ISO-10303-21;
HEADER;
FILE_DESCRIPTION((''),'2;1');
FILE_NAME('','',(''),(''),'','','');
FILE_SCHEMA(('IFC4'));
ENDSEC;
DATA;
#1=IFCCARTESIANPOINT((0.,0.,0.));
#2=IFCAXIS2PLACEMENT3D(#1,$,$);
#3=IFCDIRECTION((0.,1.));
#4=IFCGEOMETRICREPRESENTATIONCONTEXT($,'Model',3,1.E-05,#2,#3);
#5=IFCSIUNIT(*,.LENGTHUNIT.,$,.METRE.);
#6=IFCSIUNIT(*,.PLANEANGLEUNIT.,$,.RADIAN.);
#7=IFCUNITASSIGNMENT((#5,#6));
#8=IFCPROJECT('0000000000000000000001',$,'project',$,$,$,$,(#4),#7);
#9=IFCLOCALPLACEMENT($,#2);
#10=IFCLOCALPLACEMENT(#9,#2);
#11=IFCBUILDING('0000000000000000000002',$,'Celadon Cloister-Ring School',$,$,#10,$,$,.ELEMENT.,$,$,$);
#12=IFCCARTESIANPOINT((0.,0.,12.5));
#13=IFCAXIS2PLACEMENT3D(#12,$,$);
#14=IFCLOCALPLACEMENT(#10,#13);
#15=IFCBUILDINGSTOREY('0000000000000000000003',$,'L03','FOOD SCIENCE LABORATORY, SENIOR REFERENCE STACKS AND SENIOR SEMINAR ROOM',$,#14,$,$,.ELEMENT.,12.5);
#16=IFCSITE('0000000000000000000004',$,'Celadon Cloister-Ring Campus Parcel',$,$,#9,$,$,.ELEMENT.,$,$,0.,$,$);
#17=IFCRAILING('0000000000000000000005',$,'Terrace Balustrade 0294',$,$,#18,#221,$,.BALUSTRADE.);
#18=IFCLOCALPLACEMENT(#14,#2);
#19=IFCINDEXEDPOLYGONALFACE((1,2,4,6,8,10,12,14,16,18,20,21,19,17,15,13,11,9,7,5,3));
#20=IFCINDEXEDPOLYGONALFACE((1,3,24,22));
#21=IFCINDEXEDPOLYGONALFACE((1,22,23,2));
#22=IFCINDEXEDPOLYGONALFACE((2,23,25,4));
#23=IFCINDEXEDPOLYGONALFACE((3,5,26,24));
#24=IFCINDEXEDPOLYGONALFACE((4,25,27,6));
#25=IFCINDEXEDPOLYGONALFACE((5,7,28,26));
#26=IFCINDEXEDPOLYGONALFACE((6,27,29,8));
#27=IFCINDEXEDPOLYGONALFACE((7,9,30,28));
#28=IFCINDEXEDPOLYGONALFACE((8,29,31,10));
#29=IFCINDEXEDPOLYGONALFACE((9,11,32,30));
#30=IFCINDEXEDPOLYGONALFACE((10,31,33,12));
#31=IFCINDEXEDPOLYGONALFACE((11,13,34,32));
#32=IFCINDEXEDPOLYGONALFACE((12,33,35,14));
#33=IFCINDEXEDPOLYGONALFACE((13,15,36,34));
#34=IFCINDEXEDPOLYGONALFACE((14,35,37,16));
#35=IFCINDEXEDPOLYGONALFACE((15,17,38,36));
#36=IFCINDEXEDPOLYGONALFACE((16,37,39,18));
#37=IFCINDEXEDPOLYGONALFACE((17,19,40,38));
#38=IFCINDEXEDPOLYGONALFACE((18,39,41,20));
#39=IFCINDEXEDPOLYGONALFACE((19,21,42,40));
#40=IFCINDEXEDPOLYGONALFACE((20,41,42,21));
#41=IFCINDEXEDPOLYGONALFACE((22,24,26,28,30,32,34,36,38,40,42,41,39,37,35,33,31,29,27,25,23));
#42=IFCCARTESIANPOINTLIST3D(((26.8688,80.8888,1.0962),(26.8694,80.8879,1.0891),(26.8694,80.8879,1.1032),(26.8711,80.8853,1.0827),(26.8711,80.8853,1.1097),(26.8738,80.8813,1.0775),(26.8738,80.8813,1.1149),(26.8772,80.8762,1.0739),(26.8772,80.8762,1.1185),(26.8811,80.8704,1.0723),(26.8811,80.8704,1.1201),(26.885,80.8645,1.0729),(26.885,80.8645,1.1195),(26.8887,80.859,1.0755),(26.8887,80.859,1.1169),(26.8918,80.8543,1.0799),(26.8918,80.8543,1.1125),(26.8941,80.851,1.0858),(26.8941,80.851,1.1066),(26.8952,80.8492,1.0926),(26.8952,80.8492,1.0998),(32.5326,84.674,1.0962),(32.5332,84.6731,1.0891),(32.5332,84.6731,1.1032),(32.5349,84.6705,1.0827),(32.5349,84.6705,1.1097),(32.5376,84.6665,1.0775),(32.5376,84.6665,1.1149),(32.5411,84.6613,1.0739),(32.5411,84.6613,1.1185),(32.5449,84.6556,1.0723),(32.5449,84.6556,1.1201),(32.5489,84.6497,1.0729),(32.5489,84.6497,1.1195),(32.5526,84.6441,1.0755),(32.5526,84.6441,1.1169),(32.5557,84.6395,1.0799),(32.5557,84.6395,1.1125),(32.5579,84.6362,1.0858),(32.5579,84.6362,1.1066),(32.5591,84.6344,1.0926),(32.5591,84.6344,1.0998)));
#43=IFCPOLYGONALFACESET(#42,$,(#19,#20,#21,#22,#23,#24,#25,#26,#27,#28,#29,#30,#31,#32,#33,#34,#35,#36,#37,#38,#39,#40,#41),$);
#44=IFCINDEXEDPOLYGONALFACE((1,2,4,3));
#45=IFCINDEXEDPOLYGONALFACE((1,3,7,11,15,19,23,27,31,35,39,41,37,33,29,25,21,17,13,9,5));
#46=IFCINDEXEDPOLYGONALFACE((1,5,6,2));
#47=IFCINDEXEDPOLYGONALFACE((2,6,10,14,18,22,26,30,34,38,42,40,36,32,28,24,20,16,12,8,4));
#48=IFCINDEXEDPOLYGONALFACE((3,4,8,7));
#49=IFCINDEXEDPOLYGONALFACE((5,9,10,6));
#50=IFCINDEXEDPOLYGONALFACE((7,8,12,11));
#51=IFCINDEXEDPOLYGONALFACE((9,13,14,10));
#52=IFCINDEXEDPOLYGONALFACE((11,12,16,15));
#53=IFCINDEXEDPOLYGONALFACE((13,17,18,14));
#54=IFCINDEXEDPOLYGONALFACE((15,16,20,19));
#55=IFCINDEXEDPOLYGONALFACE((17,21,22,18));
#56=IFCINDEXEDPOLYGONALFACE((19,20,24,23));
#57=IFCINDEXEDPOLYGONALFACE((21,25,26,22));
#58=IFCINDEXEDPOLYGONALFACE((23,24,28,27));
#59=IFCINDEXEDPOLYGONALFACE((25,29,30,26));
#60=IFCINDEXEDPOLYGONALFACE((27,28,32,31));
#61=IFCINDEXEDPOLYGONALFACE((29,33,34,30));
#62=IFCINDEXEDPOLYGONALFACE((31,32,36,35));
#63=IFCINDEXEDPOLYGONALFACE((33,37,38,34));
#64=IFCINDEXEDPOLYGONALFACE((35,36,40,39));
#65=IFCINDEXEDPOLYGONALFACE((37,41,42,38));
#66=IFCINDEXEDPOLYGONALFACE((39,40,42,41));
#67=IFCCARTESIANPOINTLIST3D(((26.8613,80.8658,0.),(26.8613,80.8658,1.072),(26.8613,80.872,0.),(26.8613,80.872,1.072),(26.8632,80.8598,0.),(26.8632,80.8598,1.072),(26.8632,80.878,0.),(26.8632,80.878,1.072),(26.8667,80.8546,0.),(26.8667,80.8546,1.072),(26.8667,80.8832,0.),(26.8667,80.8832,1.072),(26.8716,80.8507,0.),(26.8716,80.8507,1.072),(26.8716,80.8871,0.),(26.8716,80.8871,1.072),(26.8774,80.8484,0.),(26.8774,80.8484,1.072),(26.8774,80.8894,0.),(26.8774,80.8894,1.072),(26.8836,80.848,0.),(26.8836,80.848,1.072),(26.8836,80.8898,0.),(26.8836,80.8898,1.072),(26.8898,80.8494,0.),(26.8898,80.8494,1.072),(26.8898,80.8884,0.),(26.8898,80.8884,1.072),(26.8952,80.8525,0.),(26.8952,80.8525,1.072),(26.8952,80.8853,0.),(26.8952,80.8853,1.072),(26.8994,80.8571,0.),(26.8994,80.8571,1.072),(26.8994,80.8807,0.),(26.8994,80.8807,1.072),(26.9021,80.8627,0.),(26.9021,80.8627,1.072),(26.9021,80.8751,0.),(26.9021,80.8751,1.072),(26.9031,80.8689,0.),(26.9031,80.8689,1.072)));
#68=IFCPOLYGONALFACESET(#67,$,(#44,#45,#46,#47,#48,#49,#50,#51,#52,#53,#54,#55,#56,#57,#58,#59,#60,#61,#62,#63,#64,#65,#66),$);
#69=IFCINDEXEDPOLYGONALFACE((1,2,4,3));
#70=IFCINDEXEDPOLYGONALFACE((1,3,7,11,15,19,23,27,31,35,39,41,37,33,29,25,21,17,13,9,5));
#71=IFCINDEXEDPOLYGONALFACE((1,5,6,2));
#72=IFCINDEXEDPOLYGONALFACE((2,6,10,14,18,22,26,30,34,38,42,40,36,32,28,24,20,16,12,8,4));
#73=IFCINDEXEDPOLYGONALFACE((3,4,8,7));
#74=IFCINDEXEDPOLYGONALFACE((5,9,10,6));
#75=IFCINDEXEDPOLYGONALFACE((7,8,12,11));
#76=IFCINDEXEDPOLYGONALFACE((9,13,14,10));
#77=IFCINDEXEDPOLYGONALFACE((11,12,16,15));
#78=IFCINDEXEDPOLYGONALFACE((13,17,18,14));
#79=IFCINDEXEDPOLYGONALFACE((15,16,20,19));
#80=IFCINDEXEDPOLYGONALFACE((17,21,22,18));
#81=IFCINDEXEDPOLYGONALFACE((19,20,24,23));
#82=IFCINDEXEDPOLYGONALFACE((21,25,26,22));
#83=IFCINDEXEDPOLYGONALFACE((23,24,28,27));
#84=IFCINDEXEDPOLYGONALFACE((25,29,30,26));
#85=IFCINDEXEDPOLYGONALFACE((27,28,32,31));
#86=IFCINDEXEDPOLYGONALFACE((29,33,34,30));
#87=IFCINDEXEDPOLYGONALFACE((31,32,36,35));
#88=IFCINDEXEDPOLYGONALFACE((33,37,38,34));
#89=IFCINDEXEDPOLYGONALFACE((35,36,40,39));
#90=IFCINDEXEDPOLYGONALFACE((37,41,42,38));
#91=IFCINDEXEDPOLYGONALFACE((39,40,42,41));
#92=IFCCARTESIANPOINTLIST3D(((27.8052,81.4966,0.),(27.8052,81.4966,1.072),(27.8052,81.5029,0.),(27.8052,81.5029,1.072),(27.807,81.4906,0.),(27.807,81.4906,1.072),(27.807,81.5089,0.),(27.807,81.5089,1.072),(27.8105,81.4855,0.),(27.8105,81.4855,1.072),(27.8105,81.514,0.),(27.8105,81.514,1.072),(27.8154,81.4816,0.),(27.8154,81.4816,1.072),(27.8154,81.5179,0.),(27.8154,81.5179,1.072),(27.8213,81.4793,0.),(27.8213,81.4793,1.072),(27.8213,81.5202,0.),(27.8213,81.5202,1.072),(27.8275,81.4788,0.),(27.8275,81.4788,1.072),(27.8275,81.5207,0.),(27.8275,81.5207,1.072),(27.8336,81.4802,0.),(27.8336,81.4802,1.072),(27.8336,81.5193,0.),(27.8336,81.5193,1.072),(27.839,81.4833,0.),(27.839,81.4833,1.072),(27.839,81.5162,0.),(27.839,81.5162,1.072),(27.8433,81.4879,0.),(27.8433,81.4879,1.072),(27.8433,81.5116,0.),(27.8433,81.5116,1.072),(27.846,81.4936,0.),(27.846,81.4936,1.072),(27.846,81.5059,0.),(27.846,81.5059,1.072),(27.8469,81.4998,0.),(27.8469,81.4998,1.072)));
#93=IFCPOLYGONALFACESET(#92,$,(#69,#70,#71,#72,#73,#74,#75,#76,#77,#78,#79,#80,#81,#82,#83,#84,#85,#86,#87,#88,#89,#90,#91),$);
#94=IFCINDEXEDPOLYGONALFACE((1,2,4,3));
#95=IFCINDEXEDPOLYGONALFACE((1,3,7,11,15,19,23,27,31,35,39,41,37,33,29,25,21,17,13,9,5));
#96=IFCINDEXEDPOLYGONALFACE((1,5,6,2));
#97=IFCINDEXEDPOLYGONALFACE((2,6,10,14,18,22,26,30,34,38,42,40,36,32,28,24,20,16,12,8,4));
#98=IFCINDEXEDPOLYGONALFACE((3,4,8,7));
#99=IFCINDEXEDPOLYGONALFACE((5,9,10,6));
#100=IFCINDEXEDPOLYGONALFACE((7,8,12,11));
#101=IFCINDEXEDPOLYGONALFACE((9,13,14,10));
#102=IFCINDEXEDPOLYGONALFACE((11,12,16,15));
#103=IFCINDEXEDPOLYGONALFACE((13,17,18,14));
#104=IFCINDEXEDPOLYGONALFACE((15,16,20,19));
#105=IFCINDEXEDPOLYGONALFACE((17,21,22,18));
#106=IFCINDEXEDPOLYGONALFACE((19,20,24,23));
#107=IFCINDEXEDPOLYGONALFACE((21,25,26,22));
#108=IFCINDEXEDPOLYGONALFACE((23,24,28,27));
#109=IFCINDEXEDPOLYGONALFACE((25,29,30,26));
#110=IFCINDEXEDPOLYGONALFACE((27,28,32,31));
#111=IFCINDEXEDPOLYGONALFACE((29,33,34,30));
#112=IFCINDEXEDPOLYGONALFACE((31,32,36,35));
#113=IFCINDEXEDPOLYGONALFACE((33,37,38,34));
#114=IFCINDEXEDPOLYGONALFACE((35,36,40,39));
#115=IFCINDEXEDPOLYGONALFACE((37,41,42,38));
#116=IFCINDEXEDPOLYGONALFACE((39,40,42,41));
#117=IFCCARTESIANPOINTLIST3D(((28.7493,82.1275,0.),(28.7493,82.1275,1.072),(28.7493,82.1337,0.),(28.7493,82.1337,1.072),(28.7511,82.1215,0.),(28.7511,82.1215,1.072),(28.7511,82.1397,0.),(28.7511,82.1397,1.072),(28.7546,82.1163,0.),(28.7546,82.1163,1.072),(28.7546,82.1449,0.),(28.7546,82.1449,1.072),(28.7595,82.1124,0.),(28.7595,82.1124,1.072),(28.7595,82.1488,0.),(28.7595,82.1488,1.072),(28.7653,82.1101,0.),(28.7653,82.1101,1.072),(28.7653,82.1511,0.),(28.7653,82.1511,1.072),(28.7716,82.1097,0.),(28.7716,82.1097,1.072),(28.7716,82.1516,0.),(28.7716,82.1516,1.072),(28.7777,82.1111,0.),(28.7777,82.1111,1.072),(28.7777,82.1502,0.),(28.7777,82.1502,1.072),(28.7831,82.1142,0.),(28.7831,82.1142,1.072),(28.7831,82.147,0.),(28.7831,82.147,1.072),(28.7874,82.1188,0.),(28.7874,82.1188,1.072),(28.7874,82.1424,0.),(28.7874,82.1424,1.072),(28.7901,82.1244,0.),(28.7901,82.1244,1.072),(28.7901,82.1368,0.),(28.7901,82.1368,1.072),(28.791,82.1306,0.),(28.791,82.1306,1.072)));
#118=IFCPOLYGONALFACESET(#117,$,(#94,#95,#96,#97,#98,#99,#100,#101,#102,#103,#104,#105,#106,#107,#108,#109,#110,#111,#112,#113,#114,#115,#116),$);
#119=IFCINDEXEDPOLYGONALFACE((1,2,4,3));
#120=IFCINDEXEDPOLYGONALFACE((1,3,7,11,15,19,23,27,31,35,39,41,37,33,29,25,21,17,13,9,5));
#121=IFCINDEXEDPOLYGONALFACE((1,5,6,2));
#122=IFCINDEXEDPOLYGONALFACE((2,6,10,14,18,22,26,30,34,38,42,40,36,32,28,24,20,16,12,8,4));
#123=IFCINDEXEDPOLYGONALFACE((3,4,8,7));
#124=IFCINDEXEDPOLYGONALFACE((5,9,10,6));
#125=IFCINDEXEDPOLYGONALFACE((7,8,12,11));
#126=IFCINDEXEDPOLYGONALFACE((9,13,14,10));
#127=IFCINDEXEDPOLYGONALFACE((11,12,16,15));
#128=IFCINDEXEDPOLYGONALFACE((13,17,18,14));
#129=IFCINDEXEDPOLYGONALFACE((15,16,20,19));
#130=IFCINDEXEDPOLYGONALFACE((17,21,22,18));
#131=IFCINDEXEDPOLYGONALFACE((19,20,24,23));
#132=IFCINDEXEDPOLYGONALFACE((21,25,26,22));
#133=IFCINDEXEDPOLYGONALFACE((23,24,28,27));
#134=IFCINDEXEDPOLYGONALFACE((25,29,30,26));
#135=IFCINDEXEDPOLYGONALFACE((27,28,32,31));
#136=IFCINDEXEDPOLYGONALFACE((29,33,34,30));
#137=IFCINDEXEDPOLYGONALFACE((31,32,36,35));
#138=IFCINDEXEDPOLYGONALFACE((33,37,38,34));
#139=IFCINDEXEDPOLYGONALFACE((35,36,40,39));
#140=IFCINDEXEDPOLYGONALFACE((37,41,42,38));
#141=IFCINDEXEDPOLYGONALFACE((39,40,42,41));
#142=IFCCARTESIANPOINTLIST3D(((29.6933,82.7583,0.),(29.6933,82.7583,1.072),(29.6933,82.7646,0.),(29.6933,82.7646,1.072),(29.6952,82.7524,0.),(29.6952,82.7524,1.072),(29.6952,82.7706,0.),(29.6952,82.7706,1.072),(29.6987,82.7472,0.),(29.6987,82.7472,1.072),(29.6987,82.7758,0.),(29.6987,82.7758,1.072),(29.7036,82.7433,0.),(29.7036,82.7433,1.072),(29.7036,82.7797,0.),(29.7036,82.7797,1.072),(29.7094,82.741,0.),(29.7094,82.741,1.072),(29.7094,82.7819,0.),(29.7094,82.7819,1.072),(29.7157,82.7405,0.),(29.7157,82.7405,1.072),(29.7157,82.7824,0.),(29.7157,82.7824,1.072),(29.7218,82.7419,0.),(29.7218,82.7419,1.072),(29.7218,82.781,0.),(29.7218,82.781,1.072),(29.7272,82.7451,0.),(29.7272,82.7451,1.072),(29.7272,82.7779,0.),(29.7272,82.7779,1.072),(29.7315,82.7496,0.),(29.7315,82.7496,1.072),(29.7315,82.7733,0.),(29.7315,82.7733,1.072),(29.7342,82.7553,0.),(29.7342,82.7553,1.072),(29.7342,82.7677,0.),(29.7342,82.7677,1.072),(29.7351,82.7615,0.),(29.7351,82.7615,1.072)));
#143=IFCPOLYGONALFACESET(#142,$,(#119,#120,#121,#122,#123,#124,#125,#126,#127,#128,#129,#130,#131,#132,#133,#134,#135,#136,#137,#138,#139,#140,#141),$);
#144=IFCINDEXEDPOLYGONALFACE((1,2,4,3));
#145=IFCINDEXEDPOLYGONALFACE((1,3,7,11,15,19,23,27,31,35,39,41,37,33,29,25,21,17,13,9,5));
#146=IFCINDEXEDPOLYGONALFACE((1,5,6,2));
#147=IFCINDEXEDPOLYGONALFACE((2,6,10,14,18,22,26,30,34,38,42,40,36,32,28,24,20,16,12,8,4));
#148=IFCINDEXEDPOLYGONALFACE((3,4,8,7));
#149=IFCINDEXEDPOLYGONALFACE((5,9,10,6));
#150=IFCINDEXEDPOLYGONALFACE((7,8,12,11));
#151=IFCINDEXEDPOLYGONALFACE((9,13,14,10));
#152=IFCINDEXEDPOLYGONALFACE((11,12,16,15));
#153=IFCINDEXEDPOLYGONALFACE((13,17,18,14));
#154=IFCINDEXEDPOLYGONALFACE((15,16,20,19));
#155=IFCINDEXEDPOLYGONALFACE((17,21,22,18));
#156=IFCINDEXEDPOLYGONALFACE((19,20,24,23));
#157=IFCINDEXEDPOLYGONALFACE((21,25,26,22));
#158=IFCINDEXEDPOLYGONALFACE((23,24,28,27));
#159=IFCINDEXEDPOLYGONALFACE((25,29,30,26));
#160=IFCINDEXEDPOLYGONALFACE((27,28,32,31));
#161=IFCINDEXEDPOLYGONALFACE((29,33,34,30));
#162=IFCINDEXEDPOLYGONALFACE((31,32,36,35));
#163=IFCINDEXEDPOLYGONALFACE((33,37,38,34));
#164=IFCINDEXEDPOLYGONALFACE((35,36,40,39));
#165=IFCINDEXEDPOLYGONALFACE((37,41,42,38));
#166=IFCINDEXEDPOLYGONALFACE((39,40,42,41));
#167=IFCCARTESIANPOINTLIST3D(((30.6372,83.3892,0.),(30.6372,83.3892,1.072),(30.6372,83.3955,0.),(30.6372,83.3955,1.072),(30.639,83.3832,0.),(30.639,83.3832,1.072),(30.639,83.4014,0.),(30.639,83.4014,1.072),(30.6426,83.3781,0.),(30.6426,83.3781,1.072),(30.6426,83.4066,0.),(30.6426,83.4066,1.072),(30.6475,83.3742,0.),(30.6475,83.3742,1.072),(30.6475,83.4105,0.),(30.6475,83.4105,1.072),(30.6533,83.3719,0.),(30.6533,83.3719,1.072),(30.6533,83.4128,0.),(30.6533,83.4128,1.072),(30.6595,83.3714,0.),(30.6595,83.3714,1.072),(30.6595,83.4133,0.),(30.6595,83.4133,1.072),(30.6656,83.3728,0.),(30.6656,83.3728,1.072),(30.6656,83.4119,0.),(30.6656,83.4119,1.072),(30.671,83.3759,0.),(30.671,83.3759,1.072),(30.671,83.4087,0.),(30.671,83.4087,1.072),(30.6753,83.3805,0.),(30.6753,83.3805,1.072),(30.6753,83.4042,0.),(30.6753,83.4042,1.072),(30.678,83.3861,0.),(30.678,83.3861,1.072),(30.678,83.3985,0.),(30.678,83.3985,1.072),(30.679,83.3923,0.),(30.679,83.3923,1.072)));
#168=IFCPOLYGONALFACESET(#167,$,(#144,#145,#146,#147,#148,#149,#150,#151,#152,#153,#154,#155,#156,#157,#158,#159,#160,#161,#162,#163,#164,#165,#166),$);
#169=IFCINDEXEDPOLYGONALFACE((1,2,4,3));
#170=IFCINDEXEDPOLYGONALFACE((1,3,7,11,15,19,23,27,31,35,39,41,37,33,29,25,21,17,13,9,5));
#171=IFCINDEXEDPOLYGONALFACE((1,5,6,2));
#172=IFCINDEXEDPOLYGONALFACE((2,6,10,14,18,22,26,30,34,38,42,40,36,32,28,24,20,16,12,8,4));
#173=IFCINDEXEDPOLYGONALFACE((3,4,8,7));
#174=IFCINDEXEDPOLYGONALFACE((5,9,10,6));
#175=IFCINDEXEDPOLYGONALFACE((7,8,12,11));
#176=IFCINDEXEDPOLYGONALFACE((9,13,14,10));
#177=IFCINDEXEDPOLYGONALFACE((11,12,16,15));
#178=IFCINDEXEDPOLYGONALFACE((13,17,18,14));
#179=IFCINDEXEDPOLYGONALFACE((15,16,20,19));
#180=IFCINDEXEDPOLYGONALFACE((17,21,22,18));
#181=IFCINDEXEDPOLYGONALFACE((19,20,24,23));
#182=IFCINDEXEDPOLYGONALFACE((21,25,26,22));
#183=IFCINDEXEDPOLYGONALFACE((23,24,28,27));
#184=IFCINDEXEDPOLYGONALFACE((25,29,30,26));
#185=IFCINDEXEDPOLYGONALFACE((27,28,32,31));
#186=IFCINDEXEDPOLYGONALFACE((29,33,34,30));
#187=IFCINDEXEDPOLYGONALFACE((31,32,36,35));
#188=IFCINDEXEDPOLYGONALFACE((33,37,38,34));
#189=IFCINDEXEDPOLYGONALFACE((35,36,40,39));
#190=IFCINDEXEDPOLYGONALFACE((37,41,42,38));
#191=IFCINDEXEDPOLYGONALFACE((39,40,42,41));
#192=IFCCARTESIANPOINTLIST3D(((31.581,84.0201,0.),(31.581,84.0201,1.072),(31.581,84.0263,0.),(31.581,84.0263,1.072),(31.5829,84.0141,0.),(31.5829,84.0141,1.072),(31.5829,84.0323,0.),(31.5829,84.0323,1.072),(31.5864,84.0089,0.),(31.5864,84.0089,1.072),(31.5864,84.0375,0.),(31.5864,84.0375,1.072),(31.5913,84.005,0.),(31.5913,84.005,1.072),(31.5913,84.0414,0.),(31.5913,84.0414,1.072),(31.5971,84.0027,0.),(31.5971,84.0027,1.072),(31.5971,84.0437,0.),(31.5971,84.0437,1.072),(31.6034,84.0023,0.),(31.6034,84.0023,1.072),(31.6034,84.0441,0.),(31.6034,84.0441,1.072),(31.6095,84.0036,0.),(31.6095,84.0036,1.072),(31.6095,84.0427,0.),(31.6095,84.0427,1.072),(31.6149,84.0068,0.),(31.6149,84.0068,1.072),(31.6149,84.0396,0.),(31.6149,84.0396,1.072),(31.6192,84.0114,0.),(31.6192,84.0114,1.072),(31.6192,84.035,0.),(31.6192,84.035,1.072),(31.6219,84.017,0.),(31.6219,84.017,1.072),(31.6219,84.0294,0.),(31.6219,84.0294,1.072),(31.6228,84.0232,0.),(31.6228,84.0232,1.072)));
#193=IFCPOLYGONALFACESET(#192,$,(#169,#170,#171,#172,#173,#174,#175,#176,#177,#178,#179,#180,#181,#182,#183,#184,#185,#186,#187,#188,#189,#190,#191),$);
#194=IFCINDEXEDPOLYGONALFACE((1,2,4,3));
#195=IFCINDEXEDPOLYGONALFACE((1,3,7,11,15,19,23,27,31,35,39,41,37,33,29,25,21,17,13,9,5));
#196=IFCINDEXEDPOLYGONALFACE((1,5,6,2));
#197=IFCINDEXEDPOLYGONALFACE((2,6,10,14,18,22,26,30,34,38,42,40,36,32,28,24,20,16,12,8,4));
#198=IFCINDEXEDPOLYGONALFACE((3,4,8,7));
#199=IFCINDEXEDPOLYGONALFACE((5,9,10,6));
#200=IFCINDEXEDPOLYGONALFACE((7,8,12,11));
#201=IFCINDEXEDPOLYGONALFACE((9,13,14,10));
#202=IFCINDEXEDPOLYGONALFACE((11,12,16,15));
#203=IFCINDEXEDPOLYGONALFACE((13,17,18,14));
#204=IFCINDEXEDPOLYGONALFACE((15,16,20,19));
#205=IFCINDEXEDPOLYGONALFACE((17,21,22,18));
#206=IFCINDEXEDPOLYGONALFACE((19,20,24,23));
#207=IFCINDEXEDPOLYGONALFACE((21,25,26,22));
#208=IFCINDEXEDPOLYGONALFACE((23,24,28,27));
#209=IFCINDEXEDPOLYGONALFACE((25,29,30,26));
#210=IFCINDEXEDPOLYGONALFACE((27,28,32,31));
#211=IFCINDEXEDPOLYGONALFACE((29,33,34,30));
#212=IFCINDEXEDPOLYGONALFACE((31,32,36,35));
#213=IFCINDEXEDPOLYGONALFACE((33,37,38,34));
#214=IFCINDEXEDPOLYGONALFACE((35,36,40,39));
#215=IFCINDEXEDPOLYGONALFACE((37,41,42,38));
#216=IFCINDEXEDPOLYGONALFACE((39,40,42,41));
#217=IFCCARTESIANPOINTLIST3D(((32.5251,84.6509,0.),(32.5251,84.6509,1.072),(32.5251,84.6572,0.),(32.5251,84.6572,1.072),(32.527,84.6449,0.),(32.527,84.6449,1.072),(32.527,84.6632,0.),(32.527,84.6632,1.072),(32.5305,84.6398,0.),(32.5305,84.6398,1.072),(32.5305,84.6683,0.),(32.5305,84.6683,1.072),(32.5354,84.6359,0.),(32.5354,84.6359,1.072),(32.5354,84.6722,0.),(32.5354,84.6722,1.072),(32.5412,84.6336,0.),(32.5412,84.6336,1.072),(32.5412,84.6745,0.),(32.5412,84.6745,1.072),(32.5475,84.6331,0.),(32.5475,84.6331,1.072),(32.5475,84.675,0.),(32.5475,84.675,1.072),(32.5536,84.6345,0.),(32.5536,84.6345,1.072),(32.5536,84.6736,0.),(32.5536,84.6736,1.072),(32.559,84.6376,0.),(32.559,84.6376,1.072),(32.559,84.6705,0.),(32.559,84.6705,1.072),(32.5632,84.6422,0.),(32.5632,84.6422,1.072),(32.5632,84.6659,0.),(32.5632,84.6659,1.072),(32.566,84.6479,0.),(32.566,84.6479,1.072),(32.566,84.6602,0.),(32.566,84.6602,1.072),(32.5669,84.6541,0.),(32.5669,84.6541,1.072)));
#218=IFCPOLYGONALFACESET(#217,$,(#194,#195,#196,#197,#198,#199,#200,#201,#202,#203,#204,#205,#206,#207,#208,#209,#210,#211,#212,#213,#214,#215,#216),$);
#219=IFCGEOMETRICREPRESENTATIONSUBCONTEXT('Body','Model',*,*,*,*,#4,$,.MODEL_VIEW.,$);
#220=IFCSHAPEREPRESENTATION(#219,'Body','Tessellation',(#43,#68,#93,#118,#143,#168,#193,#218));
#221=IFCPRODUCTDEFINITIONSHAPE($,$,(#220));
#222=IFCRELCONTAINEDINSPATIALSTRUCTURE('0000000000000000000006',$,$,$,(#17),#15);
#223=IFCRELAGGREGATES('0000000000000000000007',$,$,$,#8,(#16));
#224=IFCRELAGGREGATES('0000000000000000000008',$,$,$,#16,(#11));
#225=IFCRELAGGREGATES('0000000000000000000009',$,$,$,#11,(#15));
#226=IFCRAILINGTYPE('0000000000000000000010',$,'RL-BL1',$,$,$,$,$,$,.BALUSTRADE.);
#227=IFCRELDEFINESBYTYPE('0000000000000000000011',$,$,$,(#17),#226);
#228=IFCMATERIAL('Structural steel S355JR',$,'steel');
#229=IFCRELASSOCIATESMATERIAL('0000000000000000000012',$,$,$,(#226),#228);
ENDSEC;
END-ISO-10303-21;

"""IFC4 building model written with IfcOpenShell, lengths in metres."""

from ifc_helpers import new_model, si_unit, direction, frame, origin, origin_2d, place, context, subcontext, project, spatial, circle, extrude, material, type_object, element, save


model = new_model("IFC4")

# Units and contexts
model_context = context("Model", 3, precision=1e-05, world=origin(), true_north=direction((0.0, 1.0)))
body_context = subcontext(model_context, "Body", "Model", "MODEL_VIEW")
ifc_project = project(units=[si_unit("LENGTHUNIT", "METRE"), si_unit("PLANEANGLEUNIT", "RADIAN")], contexts=[model_context])

# Site, building, storey
site_placement = place(None, origin())
site = spatial("IfcSite", under=ifc_project, at=site_placement, Name="Celadon Cloister-Ring Campus Parcel", CompositionType="ELEMENT", RefElevation=0.0)
building_placement = place(site_placement, origin())
building = spatial("IfcBuilding", under=site, at=building_placement, Name="Celadon Cloister-Ring School", CompositionType="ELEMENT")
storey_placement = place(building_placement, frame((0.0, 0.0, 12.5)))
storey = spatial("IfcBuildingStorey", under=building, at=storey_placement, Name="L03", Description="FOOD SCIENCE LABORATORY, SENIOR REFERENCE STACKS AND SENIOR SEMINAR ROOM", CompositionType="ELEMENT", Elevation=12.5)

# Railing
ifc_material_1 = material(Name="Structural steel S355JR", Category="steel")
railing_type = type_object("IfcRailingType", Name="RL-BL1", PredefinedType="BALUSTRADE", material=ifc_material_1)
railing_1_placement = place(storey_placement, frame((26.8821, 80.8689, 0.0)))
element("IfcRailing", 1, at=railing_1_placement, inside=storey, type_object=railing_type, Name="Terrace Balustrade 0294", PredefinedType="BALUSTRADE", context=body_context, shape_type="SweptSolid", body=[
    extrude(circle(Radius=0.0239, at=origin_2d()), frame((0.0, 0.0, 1.0962), z_axis=(0.831421, 0.555643, 0.0), x_axis=(-0.555643, 0.831421, 0.0)), (0.0, 0.0, 1.0), 6.8123),
    extrude(circle(Radius=0.021, at=origin_2d()), origin(), (0.0, 0.0, 1.0), 1.072),
    extrude(circle(Radius=0.021, at=origin_2d()), frame((0.9438, 0.6309, 0.0)), (0.0, 0.0, 1.0), 1.072),
    extrude(circle(Radius=0.021, at=origin_2d()), frame((1.8879, 1.2617, 0.0)), (0.0, 0.0, 1.0), 1.072),
    extrude(circle(Radius=0.021, at=origin_2d()), frame((2.832, 1.8926, 0.0)), (0.0, 0.0, 1.0), 1.072),
    extrude(circle(Radius=0.021, at=origin_2d()), frame((3.7759, 2.5234, 0.0)), (0.0, 0.0, 1.0), 1.072),
    extrude(circle(Radius=0.021, at=origin_2d()), frame((4.7197, 3.1543, 0.0)), (0.0, 0.0, 1.0), 1.072),
    extrude(circle(Radius=0.021, at=origin_2d()), frame((5.6638, 3.7852, 0.0)), (0.0, 0.0, 1.0), 1.072),
])

save(model, "model.ifc")
